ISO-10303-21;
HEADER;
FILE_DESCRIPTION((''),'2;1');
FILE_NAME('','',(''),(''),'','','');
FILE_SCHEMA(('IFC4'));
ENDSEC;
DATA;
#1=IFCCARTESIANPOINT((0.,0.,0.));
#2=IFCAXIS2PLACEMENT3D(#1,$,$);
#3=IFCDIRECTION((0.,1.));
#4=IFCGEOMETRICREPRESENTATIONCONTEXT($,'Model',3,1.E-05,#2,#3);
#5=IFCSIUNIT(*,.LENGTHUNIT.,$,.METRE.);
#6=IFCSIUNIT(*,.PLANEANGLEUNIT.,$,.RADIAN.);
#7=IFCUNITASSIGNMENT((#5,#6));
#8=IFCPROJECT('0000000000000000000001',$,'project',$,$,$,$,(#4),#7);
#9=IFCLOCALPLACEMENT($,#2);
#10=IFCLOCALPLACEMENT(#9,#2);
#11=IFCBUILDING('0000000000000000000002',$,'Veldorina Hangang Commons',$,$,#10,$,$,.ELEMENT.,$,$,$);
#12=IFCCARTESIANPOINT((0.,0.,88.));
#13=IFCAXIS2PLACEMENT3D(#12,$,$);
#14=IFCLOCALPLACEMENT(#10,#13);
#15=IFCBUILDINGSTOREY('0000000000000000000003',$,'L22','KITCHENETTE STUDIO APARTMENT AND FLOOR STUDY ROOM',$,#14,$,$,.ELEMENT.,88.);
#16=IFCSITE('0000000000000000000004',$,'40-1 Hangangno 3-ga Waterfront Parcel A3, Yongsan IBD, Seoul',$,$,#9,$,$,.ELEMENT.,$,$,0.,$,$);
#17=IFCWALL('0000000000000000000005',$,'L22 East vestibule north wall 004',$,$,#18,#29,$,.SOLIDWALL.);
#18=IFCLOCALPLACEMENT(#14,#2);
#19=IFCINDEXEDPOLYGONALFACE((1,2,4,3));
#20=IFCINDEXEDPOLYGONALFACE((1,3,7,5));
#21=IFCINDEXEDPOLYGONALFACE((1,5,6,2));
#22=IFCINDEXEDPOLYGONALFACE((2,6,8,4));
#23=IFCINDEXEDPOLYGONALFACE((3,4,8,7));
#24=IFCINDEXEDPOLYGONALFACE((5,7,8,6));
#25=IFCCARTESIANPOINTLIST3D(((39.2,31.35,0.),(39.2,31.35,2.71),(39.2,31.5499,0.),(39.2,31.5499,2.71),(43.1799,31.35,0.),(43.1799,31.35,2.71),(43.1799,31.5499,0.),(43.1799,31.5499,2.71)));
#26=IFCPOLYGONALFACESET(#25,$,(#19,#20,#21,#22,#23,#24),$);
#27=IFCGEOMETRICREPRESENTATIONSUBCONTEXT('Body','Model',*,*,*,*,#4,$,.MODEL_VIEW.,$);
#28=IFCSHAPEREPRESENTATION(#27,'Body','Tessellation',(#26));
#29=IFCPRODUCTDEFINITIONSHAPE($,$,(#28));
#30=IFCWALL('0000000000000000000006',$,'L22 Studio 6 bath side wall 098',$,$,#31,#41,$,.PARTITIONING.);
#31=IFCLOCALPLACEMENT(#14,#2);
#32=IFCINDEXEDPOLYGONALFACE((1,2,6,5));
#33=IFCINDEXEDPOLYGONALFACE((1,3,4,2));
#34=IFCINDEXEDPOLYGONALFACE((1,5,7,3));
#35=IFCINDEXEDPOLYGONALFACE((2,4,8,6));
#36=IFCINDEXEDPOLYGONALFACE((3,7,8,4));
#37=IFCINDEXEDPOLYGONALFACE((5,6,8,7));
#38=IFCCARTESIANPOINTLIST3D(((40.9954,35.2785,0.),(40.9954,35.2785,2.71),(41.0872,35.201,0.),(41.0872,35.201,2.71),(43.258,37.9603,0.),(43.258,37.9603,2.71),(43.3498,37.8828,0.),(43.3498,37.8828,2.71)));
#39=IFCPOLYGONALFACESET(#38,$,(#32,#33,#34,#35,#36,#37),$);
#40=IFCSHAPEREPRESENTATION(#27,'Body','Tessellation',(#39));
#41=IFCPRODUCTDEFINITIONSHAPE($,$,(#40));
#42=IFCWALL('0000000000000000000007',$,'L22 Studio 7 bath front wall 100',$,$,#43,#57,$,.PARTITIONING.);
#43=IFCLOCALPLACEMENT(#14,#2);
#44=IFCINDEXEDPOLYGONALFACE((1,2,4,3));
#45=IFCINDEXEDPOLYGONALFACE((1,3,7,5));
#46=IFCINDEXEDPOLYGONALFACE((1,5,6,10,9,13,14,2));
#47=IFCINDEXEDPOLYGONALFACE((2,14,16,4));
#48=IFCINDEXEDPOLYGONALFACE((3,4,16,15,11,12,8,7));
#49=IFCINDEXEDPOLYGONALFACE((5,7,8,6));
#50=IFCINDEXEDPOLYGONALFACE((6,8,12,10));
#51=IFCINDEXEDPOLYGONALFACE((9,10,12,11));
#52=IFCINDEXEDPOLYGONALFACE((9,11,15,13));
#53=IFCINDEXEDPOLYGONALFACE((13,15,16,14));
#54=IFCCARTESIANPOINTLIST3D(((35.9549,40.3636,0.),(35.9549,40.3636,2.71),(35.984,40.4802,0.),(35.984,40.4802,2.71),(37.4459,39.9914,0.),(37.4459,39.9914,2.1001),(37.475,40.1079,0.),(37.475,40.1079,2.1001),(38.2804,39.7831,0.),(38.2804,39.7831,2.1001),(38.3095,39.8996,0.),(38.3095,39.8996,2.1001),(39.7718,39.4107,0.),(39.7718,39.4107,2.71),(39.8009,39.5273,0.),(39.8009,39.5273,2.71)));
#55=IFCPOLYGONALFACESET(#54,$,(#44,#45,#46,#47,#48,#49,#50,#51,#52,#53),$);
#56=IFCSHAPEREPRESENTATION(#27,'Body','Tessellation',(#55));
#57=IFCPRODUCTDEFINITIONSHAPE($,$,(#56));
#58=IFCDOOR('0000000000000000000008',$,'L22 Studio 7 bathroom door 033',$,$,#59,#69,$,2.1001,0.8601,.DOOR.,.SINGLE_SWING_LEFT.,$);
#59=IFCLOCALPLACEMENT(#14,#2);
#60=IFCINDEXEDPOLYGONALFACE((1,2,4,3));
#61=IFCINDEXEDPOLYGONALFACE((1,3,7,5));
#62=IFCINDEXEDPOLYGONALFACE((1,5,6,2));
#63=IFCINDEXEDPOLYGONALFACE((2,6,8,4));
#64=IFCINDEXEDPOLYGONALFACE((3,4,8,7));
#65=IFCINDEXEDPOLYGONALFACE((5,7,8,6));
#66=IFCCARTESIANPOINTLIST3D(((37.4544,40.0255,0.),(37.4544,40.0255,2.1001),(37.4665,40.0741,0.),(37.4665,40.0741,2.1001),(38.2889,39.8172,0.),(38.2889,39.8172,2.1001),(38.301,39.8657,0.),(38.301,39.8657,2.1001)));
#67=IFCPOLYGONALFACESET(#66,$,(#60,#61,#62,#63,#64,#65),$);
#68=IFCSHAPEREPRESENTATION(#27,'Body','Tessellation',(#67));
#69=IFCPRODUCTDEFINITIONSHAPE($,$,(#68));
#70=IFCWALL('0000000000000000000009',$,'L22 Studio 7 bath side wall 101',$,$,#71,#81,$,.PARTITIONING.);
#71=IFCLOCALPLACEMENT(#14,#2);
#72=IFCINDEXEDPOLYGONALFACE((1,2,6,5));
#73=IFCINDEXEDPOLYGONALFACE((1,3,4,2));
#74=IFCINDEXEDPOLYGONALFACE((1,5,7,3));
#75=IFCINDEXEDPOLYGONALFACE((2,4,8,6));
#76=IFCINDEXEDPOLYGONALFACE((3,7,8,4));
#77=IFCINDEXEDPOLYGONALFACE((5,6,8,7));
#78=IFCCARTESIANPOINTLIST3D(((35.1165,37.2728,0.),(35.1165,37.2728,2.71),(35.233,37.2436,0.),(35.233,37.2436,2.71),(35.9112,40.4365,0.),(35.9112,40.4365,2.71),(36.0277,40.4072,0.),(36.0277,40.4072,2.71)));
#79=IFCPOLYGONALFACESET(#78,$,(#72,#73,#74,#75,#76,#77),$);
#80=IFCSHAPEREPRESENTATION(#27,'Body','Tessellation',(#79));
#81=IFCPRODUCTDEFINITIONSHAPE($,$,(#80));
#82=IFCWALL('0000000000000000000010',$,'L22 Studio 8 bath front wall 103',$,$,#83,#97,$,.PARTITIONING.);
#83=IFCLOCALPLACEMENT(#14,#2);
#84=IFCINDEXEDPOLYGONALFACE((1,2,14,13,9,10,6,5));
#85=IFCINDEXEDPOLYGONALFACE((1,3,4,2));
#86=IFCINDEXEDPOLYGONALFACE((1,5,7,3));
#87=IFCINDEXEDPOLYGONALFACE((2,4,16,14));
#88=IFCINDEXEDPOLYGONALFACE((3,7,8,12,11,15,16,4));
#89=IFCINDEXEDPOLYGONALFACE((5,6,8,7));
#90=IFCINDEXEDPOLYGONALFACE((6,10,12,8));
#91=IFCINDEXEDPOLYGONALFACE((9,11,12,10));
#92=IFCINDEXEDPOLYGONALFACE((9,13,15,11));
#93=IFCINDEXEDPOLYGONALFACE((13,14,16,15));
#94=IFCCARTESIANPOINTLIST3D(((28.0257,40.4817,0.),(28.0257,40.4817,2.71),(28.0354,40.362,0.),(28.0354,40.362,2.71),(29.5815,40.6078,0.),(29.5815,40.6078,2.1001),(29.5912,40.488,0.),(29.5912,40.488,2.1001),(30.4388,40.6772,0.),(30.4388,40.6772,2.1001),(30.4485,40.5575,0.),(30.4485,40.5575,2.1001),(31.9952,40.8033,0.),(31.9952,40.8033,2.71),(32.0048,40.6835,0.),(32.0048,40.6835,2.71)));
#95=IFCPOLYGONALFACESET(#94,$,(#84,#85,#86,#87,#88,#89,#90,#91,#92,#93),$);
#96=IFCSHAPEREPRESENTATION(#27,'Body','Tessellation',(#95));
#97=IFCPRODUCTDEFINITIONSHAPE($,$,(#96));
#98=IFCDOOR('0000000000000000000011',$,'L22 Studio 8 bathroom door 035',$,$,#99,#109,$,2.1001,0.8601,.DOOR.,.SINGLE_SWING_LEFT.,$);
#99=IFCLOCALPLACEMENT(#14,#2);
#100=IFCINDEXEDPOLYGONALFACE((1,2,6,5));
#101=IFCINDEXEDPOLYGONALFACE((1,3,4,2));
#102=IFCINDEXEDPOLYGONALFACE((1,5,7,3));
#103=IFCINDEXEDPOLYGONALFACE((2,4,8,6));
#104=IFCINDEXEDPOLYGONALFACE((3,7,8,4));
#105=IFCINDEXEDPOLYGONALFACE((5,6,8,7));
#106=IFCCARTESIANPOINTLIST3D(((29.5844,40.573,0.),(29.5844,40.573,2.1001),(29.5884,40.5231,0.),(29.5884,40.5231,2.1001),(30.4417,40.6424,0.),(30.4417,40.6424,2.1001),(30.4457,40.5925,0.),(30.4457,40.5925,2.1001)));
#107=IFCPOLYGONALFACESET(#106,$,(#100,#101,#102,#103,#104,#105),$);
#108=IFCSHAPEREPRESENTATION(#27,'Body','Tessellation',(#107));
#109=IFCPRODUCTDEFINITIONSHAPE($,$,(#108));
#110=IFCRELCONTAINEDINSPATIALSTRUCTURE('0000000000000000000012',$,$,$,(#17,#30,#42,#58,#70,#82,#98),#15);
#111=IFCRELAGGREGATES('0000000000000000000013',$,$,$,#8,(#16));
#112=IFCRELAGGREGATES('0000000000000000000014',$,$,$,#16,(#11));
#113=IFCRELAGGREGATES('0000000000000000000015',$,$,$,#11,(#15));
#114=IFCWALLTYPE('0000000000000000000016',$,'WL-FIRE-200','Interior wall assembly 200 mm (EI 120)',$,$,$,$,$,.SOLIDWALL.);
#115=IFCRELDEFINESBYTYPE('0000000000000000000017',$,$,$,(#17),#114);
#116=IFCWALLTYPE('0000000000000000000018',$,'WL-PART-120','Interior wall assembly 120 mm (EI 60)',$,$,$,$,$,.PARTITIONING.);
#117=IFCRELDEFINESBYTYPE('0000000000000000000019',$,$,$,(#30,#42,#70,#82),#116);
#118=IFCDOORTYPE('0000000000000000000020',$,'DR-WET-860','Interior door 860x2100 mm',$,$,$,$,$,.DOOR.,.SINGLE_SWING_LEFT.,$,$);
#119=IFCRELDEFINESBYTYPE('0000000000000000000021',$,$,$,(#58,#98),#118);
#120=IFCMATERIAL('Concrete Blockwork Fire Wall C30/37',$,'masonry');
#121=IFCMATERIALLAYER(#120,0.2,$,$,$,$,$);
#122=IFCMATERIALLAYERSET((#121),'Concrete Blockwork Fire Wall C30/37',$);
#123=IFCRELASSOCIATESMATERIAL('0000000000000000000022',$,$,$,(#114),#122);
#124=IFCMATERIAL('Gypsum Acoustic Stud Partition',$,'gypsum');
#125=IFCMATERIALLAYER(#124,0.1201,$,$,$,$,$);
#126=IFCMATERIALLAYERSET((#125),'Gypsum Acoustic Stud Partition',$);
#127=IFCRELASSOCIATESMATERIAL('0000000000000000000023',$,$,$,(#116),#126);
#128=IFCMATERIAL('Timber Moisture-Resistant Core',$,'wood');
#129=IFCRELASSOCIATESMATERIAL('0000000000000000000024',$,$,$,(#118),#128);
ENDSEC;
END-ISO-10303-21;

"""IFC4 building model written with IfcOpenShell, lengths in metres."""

from ifc_helpers import new_model, si_unit, direction, frame, frame_2d, origin, place, context, subcontext, project, spatial, rectangle, extrude, material, layer, layer_set, type_object, element, fill, save


model = new_model("IFC4")

# Units and contexts
model_context = context("Model", 3, precision=1e-05, world=origin(), true_north=direction((0.0, 1.0)))
body_context = subcontext(model_context, "Body", "Model", "MODEL_VIEW")
ifc_project = project(units=[si_unit("LENGTHUNIT", "METRE"), si_unit("PLANEANGLEUNIT", "RADIAN")], contexts=[model_context])

# Site, building, storey
site_placement = place(None, origin())
site = spatial("IfcSite", under=ifc_project, at=site_placement, Name="40-1 Hangangno 3-ga Waterfront Parcel A3, Yongsan IBD, Seoul", CompositionType="ELEMENT", RefElevation=0.0)
building_placement = place(site_placement, origin())
building = spatial("IfcBuilding", under=site, at=building_placement, Name="Veldorina Hangang Commons", CompositionType="ELEMENT")
storey_placement = place(building_placement, frame((0.0, 0.0, 88.0)))
storey = spatial("IfcBuildingStorey", under=building, at=storey_placement, Name="L22", Description="KITCHENETTE STUDIO APARTMENT AND FLOOR STUDY ROOM", CompositionType="ELEMENT", Elevation=88.0)

# Walls
ifc_material_1 = material(Name="Concrete Blockwork Fire Wall C30/37", Category="masonry")
ifc_layer_1 = layer(ifc_material_1, 0.2)
ifc_layer_set_1 = layer_set([ifc_layer_1], Name="Concrete Blockwork Fire Wall C30/37")
wall_type_1 = type_object("IfcWallType", Name="WL-FIRE-200", Description="Interior wall assembly 200 mm (EI 120)", PredefinedType="SOLIDWALL", material=ifc_layer_set_1)
wall_1_placement = place(storey_placement, frame((39.2, 31.45, 0.0), z_axis=(0.0, 0.0, 1.0), x_axis=(1.0, 0.0, 0.0)))
element("IfcWall", 1, at=wall_1_placement, inside=storey, type_object=wall_type_1, Name="L22 East vestibule north wall 004", PredefinedType="SOLIDWALL", context=body_context, shape_type="SweptSolid", body=[
    extrude(rectangle(XDim=3.98, YDim=0.2, at=frame_2d((1.99, 0.0))), origin(), (0.0, 0.0, 1.0), 2.71),
])
ifc_material_2 = material(Name="Gypsum Acoustic Stud Partition", Category="gypsum")
ifc_layer_2 = layer(ifc_material_2, 0.1201)
ifc_layer_set_2 = layer_set([ifc_layer_2], Name="Gypsum Acoustic Stud Partition")
wall_type_2 = type_object("IfcWallType", Name="WL-PART-120", Description="Interior wall assembly 120 mm (EI 60)", PredefinedType="PARTITIONING", material=ifc_layer_set_2)
wall_2_placement = place(storey_placement, frame((41.0413, 35.2397, 0.0), z_axis=(0.0, 0.0, 1.0), x_axis=(0.644847, 0.764312, 0.0)))
element("IfcWall", 2, at=wall_2_placement, inside=storey, type_object=wall_type_2, Name="L22 Studio 6 bath side wall 098", PredefinedType="PARTITIONING", context=body_context, shape_type="SweptSolid", body=[
    extrude(rectangle(XDim=3.5088, YDim=0.1201, at=frame_2d((1.7544, 0.0))), origin(), (0.0, 0.0, 1.0), 2.71),
])

# Wall, opening, door
wall_3_placement = place(storey_placement, frame((39.7864, 39.469, 0.0), z_axis=(0.0, 0.0, 1.0), x_axis=(-0.970223, 0.242214, 0.0)))
wall_3 = element("IfcWall", 3, at=wall_3_placement, inside=storey, type_object=wall_type_2, Name="L22 Studio 7 bath front wall 100", PredefinedType="PARTITIONING", context=body_context, shape_type="SweptSolid", body=[
    extrude(rectangle(XDim=3.9341, YDim=0.1201, at=frame_2d((1.967, 0.0))), origin(), (0.0, 0.0, 1.0), 2.71),
])
opening_1_placement = place(wall_3_placement, frame((1.5371, 0.0, 0.0)))
opening_1 = element("IfcOpeningElement", 4, at=opening_1_placement, cuts=wall_3, PredefinedType="OPENING", context=body_context, shape_type="SweptSolid", body=[
    extrude(rectangle(XDim=0.8601, YDim=2.1001, at=frame_2d((0.4302, 1.05))), frame((0.0, 0.0701, 0.0), z_axis=(0.0, -1.0, 0.0), x_axis=(1.0, 0.0, 0.0)), (0.0, 0.0, 1.0), 0.1401),
])
ifc_material_3 = material(Name="Timber Moisture-Resistant Core", Category="wood")
door_type_1 = type_object("IfcDoorType", Name="DR-WET-860", Description="Interior door 860x2100 mm", OperationType="SINGLE_SWING_LEFT", PredefinedType="DOOR", material=ifc_material_3)
door_1_placement = place(opening_1_placement, origin())
door_1 = element("IfcDoor", 5, at=door_1_placement, inside=storey, type_object=door_type_1, Name="L22 Studio 7 bathroom door 033", OperationType="SINGLE_SWING_LEFT", OverallHeight=2.1001, OverallWidth=0.8601, PredefinedType="DOOR", context=body_context, shape_type="SweptSolid", body=[
    extrude(rectangle(XDim=0.8601, YDim=2.1001, at=frame_2d((0.4302, 1.05))), frame((0.0, 0.0249, 0.0), z_axis=(0.0, -1.0, 0.0), x_axis=(1.0, 0.0, 0.0)), (0.0, 0.0, 1.0), 0.05),
])
fill(opening_1, door_1)

# Wall
wall_4_placement = place(storey_placement, frame((35.1748, 37.2583, 0.0), z_axis=(0.0, 0.0, 1.0), x_axis=(0.243627, 0.969869, 0.0)))
element("IfcWall", 6, at=wall_4_placement, inside=storey, type_object=wall_type_2, Name="L22 Studio 7 bath side wall 101", PredefinedType="PARTITIONING", context=body_context, shape_type="SweptSolid", body=[
    extrude(rectangle(XDim=3.262, YDim=0.1201, at=frame_2d((1.6309, 0.0))), origin(), (0.0, 0.0, 1.0), 2.71),
])

# Wall, opening, door
wall_5_placement = place(storey_placement, frame((32.0, 40.7434, 0.0), z_axis=(0.0, 0.0, 1.0), x_axis=(-0.996735, -0.080737, 0.0)))
wall_5 = element("IfcWall", 7, at=wall_5_placement, inside=storey, type_object=wall_type_2, Name="L22 Studio 8 bath front wall 103", PredefinedType="PARTITIONING", context=body_context, shape_type="SweptSolid", body=[
    extrude(rectangle(XDim=3.9824, YDim=0.1201, at=frame_2d((1.9912, 0.0))), origin(), (0.0, 0.0, 1.0), 2.71),
])
opening_2_placement = place(wall_5_placement, frame((1.5613, 0.0, 0.0)))
opening_2 = element("IfcOpeningElement", 8, at=opening_2_placement, cuts=wall_5, PredefinedType="OPENING", context=body_context, shape_type="SweptSolid", body=[
    extrude(rectangle(XDim=0.8601, YDim=2.1001, at=frame_2d((0.4302, 1.05))), frame((0.0, 0.0701, 0.0), z_axis=(0.0, -1.0, 0.0), x_axis=(1.0, 0.0, 0.0)), (0.0, 0.0, 1.0), 0.1401),
])
door_2_placement = place(opening_2_placement, origin())
door_2 = element("IfcDoor", 9, at=door_2_placement, inside=storey, type_object=door_type_1, Name="L22 Studio 8 bathroom door 035", OperationType="SINGLE_SWING_LEFT", OverallHeight=2.1001, OverallWidth=0.8601, PredefinedType="DOOR", context=body_context, shape_type="SweptSolid", body=[
    extrude(rectangle(XDim=0.8601, YDim=2.1001, at=frame_2d((0.4302, 1.05))), frame((0.0, 0.0249, 0.0), z_axis=(0.0, -1.0, 0.0), x_axis=(1.0, 0.0, 0.0)), (0.0, 0.0, 1.0), 0.05),
])
fill(opening_2, door_2)

save(model, "model.ifc")
